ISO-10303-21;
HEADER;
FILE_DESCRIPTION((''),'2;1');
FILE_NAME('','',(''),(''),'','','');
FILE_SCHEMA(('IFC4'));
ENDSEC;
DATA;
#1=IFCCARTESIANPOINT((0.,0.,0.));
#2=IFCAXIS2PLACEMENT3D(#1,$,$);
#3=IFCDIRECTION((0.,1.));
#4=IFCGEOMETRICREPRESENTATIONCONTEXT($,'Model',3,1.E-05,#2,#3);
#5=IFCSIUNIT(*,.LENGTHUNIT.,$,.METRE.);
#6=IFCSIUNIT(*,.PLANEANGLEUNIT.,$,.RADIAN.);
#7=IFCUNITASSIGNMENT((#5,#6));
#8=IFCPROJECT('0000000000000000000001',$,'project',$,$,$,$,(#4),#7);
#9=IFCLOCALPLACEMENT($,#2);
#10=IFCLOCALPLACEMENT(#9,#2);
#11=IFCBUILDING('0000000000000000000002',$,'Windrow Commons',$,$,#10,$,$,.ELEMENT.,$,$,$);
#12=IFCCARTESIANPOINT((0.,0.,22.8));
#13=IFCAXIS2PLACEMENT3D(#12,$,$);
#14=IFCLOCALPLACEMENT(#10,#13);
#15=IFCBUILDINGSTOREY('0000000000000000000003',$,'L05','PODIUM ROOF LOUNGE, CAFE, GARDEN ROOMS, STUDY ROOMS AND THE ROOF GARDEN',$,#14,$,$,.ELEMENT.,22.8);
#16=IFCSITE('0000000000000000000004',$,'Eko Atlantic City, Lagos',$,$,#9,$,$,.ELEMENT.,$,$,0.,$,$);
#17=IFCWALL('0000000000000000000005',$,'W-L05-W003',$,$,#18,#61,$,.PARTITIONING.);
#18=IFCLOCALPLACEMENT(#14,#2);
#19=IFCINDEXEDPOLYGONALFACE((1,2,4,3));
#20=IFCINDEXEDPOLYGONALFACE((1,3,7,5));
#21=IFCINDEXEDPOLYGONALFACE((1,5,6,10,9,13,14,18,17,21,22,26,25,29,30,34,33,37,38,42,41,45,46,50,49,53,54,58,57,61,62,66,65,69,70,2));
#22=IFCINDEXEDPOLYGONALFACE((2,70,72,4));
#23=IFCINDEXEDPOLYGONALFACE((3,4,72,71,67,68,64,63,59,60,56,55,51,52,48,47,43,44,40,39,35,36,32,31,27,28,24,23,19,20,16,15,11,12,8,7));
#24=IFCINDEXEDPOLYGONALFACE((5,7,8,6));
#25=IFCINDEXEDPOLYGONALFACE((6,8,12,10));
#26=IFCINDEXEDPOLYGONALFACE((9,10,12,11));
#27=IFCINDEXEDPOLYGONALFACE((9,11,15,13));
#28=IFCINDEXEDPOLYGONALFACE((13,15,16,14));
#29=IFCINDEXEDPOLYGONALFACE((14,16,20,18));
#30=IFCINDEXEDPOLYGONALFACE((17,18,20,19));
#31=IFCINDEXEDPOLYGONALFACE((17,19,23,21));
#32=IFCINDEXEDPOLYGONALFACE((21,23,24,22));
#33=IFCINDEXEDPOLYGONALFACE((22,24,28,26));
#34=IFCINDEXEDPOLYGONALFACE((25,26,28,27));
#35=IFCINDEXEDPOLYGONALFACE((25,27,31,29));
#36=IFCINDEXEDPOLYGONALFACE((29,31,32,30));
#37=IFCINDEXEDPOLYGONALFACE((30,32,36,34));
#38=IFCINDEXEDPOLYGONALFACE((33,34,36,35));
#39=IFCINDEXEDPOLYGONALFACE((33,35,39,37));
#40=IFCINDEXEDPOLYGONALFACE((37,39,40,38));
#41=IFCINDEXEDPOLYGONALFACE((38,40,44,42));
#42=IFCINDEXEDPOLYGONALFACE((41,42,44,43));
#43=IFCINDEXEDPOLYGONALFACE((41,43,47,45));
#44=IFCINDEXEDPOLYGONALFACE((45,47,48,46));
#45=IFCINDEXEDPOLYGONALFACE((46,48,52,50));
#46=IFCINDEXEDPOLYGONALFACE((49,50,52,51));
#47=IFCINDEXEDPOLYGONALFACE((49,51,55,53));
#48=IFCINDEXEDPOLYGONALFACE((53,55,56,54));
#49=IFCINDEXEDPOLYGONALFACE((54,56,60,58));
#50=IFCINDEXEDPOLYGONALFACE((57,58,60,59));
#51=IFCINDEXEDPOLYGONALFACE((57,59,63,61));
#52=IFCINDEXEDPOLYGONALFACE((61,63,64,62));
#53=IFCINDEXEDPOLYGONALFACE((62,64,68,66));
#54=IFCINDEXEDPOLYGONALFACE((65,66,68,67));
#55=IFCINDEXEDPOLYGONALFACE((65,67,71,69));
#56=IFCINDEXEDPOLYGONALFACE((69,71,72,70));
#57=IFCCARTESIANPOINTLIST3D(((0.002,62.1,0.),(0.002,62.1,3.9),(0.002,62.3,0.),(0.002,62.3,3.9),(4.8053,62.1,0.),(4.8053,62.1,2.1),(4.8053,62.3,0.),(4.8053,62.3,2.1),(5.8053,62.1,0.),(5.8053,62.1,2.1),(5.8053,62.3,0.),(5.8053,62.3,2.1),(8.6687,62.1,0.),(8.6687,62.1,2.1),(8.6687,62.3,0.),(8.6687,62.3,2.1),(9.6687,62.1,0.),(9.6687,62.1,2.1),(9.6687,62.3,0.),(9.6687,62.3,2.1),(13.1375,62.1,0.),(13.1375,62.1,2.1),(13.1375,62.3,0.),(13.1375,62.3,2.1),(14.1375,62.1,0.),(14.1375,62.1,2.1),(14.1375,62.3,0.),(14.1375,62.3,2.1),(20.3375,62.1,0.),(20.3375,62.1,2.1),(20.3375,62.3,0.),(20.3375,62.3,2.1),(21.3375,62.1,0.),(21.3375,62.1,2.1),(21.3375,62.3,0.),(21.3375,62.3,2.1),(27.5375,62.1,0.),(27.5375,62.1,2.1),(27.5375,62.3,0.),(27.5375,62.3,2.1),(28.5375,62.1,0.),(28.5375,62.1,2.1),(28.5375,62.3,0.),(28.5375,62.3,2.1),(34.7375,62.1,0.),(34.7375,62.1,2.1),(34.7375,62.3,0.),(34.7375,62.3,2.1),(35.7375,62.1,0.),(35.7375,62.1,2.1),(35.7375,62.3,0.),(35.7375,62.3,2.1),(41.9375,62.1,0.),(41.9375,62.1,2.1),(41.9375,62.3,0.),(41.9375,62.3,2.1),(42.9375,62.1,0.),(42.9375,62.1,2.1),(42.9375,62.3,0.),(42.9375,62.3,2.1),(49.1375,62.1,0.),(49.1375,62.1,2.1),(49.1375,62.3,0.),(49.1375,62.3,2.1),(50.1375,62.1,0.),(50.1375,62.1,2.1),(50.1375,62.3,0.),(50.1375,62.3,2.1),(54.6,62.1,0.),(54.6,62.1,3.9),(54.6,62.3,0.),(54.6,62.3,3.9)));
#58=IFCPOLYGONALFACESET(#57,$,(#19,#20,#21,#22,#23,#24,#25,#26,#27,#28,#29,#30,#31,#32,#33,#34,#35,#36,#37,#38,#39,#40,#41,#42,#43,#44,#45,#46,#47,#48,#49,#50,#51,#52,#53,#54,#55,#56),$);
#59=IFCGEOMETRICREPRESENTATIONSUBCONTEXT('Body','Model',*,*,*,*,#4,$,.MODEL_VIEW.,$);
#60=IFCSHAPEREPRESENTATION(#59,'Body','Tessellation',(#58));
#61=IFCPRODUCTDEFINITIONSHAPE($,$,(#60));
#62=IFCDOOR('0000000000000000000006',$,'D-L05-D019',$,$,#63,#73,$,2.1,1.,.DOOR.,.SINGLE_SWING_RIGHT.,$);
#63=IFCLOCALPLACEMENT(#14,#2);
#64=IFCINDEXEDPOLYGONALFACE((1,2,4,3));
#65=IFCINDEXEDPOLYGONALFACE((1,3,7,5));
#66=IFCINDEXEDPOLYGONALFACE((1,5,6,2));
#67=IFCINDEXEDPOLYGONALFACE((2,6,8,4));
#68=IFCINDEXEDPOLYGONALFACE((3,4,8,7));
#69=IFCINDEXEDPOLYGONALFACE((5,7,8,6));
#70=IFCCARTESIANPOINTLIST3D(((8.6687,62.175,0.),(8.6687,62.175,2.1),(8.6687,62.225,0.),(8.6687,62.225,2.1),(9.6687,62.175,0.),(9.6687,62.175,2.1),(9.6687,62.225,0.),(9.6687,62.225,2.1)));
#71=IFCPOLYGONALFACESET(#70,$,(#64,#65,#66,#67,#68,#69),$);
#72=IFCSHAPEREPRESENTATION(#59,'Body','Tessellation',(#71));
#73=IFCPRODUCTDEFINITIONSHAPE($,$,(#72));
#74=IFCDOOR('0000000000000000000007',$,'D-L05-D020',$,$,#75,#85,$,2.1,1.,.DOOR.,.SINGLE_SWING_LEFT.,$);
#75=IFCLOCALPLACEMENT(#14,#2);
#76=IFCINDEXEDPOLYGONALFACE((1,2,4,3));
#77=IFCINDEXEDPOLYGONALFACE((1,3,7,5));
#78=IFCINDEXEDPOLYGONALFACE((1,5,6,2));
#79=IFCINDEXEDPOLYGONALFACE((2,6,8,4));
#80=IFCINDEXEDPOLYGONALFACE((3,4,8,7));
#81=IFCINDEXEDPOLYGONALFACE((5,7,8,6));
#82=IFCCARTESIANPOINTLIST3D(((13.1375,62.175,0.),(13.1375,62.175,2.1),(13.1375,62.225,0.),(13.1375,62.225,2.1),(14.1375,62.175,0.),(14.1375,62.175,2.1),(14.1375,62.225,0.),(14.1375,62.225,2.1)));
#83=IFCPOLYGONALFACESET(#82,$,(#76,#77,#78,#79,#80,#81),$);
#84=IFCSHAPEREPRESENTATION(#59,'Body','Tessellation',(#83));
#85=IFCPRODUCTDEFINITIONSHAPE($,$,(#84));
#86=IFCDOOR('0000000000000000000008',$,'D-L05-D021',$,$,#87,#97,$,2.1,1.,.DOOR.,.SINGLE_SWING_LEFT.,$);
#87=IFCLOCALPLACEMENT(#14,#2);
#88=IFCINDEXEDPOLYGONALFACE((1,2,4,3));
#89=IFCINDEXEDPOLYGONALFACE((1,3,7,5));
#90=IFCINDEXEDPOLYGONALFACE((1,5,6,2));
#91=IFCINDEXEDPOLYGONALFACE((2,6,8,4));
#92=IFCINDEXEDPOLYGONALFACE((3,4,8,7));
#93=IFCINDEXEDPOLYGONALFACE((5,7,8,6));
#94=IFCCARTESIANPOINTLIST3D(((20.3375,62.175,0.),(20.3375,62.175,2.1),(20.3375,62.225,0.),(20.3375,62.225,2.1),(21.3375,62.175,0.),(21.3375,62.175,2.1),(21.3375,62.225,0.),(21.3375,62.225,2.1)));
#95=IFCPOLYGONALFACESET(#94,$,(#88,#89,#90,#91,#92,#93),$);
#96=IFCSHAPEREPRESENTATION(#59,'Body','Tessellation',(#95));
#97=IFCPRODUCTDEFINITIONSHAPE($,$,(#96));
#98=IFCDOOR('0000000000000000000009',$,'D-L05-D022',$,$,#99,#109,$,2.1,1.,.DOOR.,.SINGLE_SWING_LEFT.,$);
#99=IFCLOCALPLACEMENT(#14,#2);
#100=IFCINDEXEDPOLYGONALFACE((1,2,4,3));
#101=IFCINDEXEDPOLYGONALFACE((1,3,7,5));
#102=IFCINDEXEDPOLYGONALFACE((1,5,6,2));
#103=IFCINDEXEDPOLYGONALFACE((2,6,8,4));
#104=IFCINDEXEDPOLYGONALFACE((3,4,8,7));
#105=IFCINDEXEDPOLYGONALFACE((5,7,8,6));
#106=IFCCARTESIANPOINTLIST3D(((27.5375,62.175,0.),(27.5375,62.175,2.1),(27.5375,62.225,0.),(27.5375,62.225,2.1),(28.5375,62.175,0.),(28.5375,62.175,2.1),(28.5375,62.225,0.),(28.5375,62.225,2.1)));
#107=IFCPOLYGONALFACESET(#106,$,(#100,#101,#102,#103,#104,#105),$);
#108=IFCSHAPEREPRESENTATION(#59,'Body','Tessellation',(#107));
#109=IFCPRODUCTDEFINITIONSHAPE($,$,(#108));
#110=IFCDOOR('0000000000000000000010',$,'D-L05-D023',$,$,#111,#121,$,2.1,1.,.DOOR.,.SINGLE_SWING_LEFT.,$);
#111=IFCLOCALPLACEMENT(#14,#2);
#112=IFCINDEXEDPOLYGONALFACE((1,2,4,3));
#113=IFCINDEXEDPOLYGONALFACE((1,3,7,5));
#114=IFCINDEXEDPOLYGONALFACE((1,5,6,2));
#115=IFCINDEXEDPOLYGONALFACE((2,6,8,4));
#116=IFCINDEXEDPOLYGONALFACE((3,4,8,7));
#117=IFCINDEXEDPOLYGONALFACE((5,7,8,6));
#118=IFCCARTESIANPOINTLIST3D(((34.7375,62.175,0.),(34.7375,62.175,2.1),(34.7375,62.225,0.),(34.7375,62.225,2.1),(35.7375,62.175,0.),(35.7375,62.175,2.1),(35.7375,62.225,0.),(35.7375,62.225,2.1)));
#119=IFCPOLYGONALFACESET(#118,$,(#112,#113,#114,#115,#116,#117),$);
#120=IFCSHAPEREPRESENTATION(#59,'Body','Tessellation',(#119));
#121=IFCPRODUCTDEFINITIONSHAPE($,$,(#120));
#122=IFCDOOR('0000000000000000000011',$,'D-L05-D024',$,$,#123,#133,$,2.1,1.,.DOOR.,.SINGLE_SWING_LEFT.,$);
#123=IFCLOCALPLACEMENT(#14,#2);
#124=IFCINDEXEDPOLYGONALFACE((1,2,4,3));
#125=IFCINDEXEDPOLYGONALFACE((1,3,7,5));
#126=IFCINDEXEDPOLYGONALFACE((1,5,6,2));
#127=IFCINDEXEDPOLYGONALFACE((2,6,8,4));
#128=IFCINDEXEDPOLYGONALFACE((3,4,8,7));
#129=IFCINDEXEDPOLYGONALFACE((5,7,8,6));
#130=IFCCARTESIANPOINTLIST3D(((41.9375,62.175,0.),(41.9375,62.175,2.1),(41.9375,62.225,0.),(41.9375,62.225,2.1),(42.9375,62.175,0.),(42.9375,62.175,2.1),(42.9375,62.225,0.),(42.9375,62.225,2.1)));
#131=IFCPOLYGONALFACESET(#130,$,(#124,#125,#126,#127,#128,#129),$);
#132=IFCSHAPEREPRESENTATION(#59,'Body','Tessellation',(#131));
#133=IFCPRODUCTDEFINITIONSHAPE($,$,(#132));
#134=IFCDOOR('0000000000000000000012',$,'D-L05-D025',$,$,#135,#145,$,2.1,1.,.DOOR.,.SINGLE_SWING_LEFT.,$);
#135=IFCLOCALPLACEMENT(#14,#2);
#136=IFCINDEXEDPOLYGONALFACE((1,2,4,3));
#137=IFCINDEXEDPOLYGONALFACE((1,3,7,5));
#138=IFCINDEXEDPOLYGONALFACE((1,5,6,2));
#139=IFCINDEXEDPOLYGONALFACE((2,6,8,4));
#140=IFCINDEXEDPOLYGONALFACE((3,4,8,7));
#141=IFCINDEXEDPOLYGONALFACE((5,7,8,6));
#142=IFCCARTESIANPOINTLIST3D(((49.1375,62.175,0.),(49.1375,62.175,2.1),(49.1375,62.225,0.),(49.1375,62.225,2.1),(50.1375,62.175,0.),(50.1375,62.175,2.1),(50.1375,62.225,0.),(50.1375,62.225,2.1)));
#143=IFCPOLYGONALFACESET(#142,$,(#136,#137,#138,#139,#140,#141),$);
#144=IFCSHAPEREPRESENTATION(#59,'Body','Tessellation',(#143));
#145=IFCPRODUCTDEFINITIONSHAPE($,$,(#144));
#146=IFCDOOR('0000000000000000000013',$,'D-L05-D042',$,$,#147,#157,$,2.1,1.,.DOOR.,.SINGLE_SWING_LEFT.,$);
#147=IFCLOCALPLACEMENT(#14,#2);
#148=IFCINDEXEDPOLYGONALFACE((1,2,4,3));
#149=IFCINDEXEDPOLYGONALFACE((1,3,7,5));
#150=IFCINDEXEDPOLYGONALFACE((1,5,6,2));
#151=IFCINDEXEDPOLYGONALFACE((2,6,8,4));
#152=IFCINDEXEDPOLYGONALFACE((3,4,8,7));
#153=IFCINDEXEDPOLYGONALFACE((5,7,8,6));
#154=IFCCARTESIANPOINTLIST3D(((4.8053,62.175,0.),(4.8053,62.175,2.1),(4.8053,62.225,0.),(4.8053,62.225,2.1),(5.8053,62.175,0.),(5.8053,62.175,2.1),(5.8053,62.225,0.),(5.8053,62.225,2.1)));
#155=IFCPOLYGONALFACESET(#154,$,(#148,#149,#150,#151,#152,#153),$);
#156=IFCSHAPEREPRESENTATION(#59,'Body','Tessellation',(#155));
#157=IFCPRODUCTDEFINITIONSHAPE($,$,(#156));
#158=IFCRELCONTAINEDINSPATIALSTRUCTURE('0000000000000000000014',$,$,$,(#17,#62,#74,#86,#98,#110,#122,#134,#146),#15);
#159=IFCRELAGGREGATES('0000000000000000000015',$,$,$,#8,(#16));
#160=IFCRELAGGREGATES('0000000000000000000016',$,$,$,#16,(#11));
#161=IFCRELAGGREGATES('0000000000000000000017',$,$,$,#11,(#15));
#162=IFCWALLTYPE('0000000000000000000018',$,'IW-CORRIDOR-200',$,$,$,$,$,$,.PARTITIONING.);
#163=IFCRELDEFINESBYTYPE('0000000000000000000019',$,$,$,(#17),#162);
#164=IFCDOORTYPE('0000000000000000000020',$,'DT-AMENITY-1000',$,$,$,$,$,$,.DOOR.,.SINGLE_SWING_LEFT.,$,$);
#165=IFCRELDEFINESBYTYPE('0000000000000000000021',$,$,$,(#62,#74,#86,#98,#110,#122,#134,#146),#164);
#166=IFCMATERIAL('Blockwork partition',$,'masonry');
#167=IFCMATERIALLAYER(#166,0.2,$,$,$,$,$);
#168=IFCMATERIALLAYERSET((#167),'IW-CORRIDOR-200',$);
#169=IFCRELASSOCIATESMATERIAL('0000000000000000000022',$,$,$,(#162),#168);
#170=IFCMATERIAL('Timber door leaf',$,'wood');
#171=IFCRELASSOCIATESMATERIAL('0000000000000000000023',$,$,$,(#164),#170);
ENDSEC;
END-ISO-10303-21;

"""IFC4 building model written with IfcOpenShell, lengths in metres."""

from ifc_helpers import new_model, si_unit, direction, frame, frame_2d, origin, place, context, subcontext, project, spatial, rectangle, extrude, material, layer, layer_set, type_object, element, fill, save


model = new_model("IFC4")

# Units and contexts
model_context = context("Model", 3, precision=1e-05, world=origin(), true_north=direction((0.0, 1.0)))
body_context = subcontext(model_context, "Body", "Model", "MODEL_VIEW")
ifc_project = project(units=[si_unit("LENGTHUNIT", "METRE"), si_unit("PLANEANGLEUNIT", "RADIAN")], contexts=[model_context])

# Site, building, storey
site_placement = place(None, origin())
site = spatial("IfcSite", under=ifc_project, at=site_placement, Name="Eko Atlantic City, Lagos", CompositionType="ELEMENT", RefElevation=0.0)
building_placement = place(site_placement, origin())
building = spatial("IfcBuilding", under=site, at=building_placement, Name="Windrow Commons", CompositionType="ELEMENT")
storey_placement = place(building_placement, frame((0.0, 0.0, 22.8)))
storey = spatial("IfcBuildingStorey", under=building, at=storey_placement, Name="L05", Description="PODIUM ROOF LOUNGE, CAFE, GARDEN ROOMS, STUDY ROOMS AND THE ROOF GARDEN", CompositionType="ELEMENT", Elevation=22.8)

# Wall, openings, doors
ifc_material_1 = material(Name="Blockwork partition", Category="masonry")
ifc_layer_1 = layer(ifc_material_1, 0.2)
ifc_layer_set_1 = layer_set([ifc_layer_1], Name="IW-CORRIDOR-200")
wall_type_1 = type_object("IfcWallType", Name="IW-CORRIDOR-200", PredefinedType="PARTITIONING", material=ifc_layer_set_1)
wall_1_placement = place(storey_placement, frame((0.002, 62.2, 0.0), z_axis=(0.0, 0.0, 1.0), x_axis=(1.0, 0.0, 0.0)))
wall_1 = element("IfcWall", 1, at=wall_1_placement, inside=storey, type_object=wall_type_1, Name="W-L05-W003", PredefinedType="PARTITIONING", context=body_context, shape_type="SweptSolid", body=[
    extrude(rectangle(XDim=54.598, YDim=0.2, at=frame_2d((27.299, 0.0))), origin(), (0.0, 0.0, 1.0), 3.9),
])
opening_1_placement = place(wall_1_placement, frame((8.6667, 0.0, 0.0)))
opening_1 = element("IfcOpeningElement", 2, at=opening_1_placement, cuts=wall_1, PredefinedType="OPENING", context=body_context, shape_type="SweptSolid", body=[
    extrude(rectangle(XDim=1.0, YDim=2.1, at=frame_2d((0.5, 1.05))), frame((0.0, 0.11, 0.0), z_axis=(0.0, -1.0, 0.0), x_axis=(1.0, 0.0, 0.0)), (0.0, 0.0, 1.0), 0.22),
])
opening_2_placement = place(wall_1_placement, frame((13.1355, 0.0, 0.0)))
opening_2 = element("IfcOpeningElement", 3, at=opening_2_placement, cuts=wall_1, PredefinedType="OPENING", context=body_context, shape_type="SweptSolid", body=[
    extrude(rectangle(XDim=1.0, YDim=2.1, at=frame_2d((0.5, 1.05))), frame((0.0, 0.11, 0.0), z_axis=(0.0, -1.0, 0.0), x_axis=(1.0, 0.0, 0.0)), (0.0, 0.0, 1.0), 0.22),
])
opening_3_placement = place(wall_1_placement, frame((20.3355, 0.0, 0.0)))
opening_3 = element("IfcOpeningElement", 4, at=opening_3_placement, cuts=wall_1, PredefinedType="OPENING", context=body_context, shape_type="SweptSolid", body=[
    extrude(rectangle(XDim=1.0, YDim=2.1, at=frame_2d((0.5, 1.05))), frame((0.0, 0.11, 0.0), z_axis=(0.0, -1.0, 0.0), x_axis=(1.0, 0.0, 0.0)), (0.0, 0.0, 1.0), 0.22),
])
opening_4_placement = place(wall_1_placement, frame((27.5355, 0.0, 0.0)))
opening_4 = element("IfcOpeningElement", 5, at=opening_4_placement, cuts=wall_1, PredefinedType="OPENING", context=body_context, shape_type="SweptSolid", body=[
    extrude(rectangle(XDim=1.0, YDim=2.1, at=frame_2d((0.5, 1.05))), frame((0.0, 0.11, 0.0), z_axis=(0.0, -1.0, 0.0), x_axis=(1.0, 0.0, 0.0)), (0.0, 0.0, 1.0), 0.22),
])
opening_5_placement = place(wall_1_placement, frame((34.7355, 0.0, 0.0)))
opening_5 = element("IfcOpeningElement", 6, at=opening_5_placement, cuts=wall_1, PredefinedType="OPENING", context=body_context, shape_type="SweptSolid", body=[
    extrude(rectangle(XDim=1.0, YDim=2.1, at=frame_2d((0.5, 1.05))), frame((0.0, 0.11, 0.0), z_axis=(0.0, -1.0, 0.0), x_axis=(1.0, 0.0, 0.0)), (0.0, 0.0, 1.0), 0.22),
])
opening_6_placement = place(wall_1_placement, frame((41.9355, 0.0, 0.0)))
opening_6 = element("IfcOpeningElement", 7, at=opening_6_placement, cuts=wall_1, PredefinedType="OPENING", context=body_context, shape_type="SweptSolid", body=[
    extrude(rectangle(XDim=1.0, YDim=2.1, at=frame_2d((0.5, 1.05))), frame((0.0, 0.11, 0.0), z_axis=(0.0, -1.0, 0.0), x_axis=(1.0, 0.0, 0.0)), (0.0, 0.0, 1.0), 0.22),
])
opening_7_placement = place(wall_1_placement, frame((49.1355, 0.0, 0.0)))
opening_7 = element("IfcOpeningElement", 8, at=opening_7_placement, cuts=wall_1, PredefinedType="OPENING", context=body_context, shape_type="SweptSolid", body=[
    extrude(rectangle(XDim=1.0, YDim=2.1, at=frame_2d((0.5, 1.05))), frame((0.0, 0.11, 0.0), z_axis=(0.0, -1.0, 0.0), x_axis=(1.0, 0.0, 0.0)), (0.0, 0.0, 1.0), 0.22),
])
opening_8_placement = place(wall_1_placement, frame((4.8033, 0.0, 0.0)))
opening_8 = element("IfcOpeningElement", 9, at=opening_8_placement, cuts=wall_1, PredefinedType="OPENING", context=body_context, shape_type="SweptSolid", body=[
    extrude(rectangle(XDim=1.0, YDim=2.1, at=frame_2d((0.5, 1.05))), frame((0.0, 0.11, 0.0), z_axis=(0.0, -1.0, 0.0), x_axis=(1.0, 0.0, 0.0)), (0.0, 0.0, 1.0), 0.22),
])
ifc_material_2 = material(Name="Timber door leaf", Category="wood")
door_type = type_object("IfcDoorType", Name="DT-AMENITY-1000", OperationType="SINGLE_SWING_LEFT", PredefinedType="DOOR", material=ifc_material_2)
door_1_placement = place(opening_1_placement, origin())
door_1 = element("IfcDoor", 10, at=door_1_placement, inside=storey, type_object=door_type, Name="D-L05-D019", OperationType="SINGLE_SWING_RIGHT", OverallHeight=2.1, OverallWidth=1.0, PredefinedType="DOOR", context=body_context, shape_type="SweptSolid", body=[
    extrude(rectangle(XDim=1.0, YDim=2.1, at=frame_2d((0.5, 1.05))), frame((0.0, 0.025, 0.0), z_axis=(0.0, -1.0, 0.0), x_axis=(1.0, 0.0, 0.0)), (0.0, 0.0, 1.0), 0.05),
])
fill(opening_1, door_1)
door_2_placement = place(opening_2_placement, origin())
door_2 = element("IfcDoor", 11, at=door_2_placement, inside=storey, type_object=door_type, Name="D-L05-D020", OperationType="SINGLE_SWING_LEFT", OverallHeight=2.1, OverallWidth=1.0, PredefinedType="DOOR", context=body_context, shape_type="SweptSolid", body=[
    extrude(rectangle(XDim=1.0, YDim=2.1, at=frame_2d((0.5, 1.05))), frame((0.0, 0.025, 0.0), z_axis=(0.0, -1.0, 0.0), x_axis=(1.0, 0.0, 0.0)), (0.0, 0.0, 1.0), 0.05),
])
fill(opening_2, door_2)
door_3_placement = place(opening_3_placement, origin())
door_3 = element("IfcDoor", 12, at=door_3_placement, inside=storey, type_object=door_type, Name="D-L05-D021", OperationType="SINGLE_SWING_LEFT", OverallHeight=2.1, OverallWidth=1.0, PredefinedType="DOOR", context=body_context, shape_type="SweptSolid", body=[
    extrude(rectangle(XDim=1.0, YDim=2.1, at=frame_2d((0.5, 1.05))), frame((0.0, 0.025, 0.0), z_axis=(0.0, -1.0, 0.0), x_axis=(1.0, 0.0, 0.0)), (0.0, 0.0, 1.0), 0.05),
])
fill(opening_3, door_3)
door_4_placement = place(opening_4_placement, origin())
door_4 = element("IfcDoor", 13, at=door_4_placement, inside=storey, type_object=door_type, Name="D-L05-D022", OperationType="SINGLE_SWING_LEFT", OverallHeight=2.1, OverallWidth=1.0, PredefinedType="DOOR", context=body_context, shape_type="SweptSolid", body=[
    extrude(rectangle(XDim=1.0, YDim=2.1, at=frame_2d((0.5, 1.05))), frame((0.0, 0.025, 0.0), z_axis=(0.0, -1.0, 0.0), x_axis=(1.0, 0.0, 0.0)), (0.0, 0.0, 1.0), 0.05),
])
fill(opening_4, door_4)
door_5_placement = place(opening_5_placement, origin())
door_5 = element("IfcDoor", 14, at=door_5_placement, inside=storey, type_object=door_type, Name="D-L05-D023", OperationType="SINGLE_SWING_LEFT", OverallHeight=2.1, OverallWidth=1.0, PredefinedType="DOOR", context=body_context, shape_type="SweptSolid", body=[
    extrude(rectangle(XDim=1.0, YDim=2.1, at=frame_2d((0.5, 1.05))), frame((0.0, 0.025, 0.0), z_axis=(0.0, -1.0, 0.0), x_axis=(1.0, 0.0, 0.0)), (0.0, 0.0, 1.0), 0.05),
])
fill(opening_5, door_5)
door_6_placement = place(opening_6_placement, origin())
door_6 = element("IfcDoor", 15, at=door_6_placement, inside=storey, type_object=door_type, Name="D-L05-D024", OperationType="SINGLE_SWING_LEFT", OverallHeight=2.1, OverallWidth=1.0, PredefinedType="DOOR", context=body_context, shape_type="SweptSolid", body=[
    extrude(rectangle(XDim=1.0, YDim=2.1, at=frame_2d((0.5, 1.05))), frame((0.0, 0.025, 0.0), z_axis=(0.0, -1.0, 0.0), x_axis=(1.0, 0.0, 0.0)), (0.0, 0.0, 1.0), 0.05),
])
fill(opening_6, door_6)
door_7_placement = place(opening_7_placement, origin())
door_7 = element("IfcDoor", 16, at=door_7_placement, inside=storey, type_object=door_type, Name="D-L05-D025", OperationType="SINGLE_SWING_LEFT", OverallHeight=2.1, OverallWidth=1.0, PredefinedType="DOOR", context=body_context, shape_type="SweptSolid", body=[
    extrude(rectangle(XDim=1.0, YDim=2.1, at=frame_2d((0.5, 1.05))), frame((0.0, 0.025, 0.0), z_axis=(0.0, -1.0, 0.0), x_axis=(1.0, 0.0, 0.0)), (0.0, 0.0, 1.0), 0.05),
])
fill(opening_7, door_7)
door_8_placement = place(opening_8_placement, origin())
door_8 = element("IfcDoor", 17, at=door_8_placement, inside=storey, type_object=door_type, Name="D-L05-D042", OperationType="SINGLE_SWING_LEFT", OverallHeight=2.1, OverallWidth=1.0, PredefinedType="DOOR", context=body_context, shape_type="SweptSolid", body=[
    extrude(rectangle(XDim=1.0, YDim=2.1, at=frame_2d((0.5, 1.05))), frame((0.0, 0.025, 0.0), z_axis=(0.0, -1.0, 0.0), x_axis=(1.0, 0.0, 0.0)), (0.0, 0.0, 1.0), 0.05),
])
fill(opening_8, door_8)

save(model, "model.ifc")
